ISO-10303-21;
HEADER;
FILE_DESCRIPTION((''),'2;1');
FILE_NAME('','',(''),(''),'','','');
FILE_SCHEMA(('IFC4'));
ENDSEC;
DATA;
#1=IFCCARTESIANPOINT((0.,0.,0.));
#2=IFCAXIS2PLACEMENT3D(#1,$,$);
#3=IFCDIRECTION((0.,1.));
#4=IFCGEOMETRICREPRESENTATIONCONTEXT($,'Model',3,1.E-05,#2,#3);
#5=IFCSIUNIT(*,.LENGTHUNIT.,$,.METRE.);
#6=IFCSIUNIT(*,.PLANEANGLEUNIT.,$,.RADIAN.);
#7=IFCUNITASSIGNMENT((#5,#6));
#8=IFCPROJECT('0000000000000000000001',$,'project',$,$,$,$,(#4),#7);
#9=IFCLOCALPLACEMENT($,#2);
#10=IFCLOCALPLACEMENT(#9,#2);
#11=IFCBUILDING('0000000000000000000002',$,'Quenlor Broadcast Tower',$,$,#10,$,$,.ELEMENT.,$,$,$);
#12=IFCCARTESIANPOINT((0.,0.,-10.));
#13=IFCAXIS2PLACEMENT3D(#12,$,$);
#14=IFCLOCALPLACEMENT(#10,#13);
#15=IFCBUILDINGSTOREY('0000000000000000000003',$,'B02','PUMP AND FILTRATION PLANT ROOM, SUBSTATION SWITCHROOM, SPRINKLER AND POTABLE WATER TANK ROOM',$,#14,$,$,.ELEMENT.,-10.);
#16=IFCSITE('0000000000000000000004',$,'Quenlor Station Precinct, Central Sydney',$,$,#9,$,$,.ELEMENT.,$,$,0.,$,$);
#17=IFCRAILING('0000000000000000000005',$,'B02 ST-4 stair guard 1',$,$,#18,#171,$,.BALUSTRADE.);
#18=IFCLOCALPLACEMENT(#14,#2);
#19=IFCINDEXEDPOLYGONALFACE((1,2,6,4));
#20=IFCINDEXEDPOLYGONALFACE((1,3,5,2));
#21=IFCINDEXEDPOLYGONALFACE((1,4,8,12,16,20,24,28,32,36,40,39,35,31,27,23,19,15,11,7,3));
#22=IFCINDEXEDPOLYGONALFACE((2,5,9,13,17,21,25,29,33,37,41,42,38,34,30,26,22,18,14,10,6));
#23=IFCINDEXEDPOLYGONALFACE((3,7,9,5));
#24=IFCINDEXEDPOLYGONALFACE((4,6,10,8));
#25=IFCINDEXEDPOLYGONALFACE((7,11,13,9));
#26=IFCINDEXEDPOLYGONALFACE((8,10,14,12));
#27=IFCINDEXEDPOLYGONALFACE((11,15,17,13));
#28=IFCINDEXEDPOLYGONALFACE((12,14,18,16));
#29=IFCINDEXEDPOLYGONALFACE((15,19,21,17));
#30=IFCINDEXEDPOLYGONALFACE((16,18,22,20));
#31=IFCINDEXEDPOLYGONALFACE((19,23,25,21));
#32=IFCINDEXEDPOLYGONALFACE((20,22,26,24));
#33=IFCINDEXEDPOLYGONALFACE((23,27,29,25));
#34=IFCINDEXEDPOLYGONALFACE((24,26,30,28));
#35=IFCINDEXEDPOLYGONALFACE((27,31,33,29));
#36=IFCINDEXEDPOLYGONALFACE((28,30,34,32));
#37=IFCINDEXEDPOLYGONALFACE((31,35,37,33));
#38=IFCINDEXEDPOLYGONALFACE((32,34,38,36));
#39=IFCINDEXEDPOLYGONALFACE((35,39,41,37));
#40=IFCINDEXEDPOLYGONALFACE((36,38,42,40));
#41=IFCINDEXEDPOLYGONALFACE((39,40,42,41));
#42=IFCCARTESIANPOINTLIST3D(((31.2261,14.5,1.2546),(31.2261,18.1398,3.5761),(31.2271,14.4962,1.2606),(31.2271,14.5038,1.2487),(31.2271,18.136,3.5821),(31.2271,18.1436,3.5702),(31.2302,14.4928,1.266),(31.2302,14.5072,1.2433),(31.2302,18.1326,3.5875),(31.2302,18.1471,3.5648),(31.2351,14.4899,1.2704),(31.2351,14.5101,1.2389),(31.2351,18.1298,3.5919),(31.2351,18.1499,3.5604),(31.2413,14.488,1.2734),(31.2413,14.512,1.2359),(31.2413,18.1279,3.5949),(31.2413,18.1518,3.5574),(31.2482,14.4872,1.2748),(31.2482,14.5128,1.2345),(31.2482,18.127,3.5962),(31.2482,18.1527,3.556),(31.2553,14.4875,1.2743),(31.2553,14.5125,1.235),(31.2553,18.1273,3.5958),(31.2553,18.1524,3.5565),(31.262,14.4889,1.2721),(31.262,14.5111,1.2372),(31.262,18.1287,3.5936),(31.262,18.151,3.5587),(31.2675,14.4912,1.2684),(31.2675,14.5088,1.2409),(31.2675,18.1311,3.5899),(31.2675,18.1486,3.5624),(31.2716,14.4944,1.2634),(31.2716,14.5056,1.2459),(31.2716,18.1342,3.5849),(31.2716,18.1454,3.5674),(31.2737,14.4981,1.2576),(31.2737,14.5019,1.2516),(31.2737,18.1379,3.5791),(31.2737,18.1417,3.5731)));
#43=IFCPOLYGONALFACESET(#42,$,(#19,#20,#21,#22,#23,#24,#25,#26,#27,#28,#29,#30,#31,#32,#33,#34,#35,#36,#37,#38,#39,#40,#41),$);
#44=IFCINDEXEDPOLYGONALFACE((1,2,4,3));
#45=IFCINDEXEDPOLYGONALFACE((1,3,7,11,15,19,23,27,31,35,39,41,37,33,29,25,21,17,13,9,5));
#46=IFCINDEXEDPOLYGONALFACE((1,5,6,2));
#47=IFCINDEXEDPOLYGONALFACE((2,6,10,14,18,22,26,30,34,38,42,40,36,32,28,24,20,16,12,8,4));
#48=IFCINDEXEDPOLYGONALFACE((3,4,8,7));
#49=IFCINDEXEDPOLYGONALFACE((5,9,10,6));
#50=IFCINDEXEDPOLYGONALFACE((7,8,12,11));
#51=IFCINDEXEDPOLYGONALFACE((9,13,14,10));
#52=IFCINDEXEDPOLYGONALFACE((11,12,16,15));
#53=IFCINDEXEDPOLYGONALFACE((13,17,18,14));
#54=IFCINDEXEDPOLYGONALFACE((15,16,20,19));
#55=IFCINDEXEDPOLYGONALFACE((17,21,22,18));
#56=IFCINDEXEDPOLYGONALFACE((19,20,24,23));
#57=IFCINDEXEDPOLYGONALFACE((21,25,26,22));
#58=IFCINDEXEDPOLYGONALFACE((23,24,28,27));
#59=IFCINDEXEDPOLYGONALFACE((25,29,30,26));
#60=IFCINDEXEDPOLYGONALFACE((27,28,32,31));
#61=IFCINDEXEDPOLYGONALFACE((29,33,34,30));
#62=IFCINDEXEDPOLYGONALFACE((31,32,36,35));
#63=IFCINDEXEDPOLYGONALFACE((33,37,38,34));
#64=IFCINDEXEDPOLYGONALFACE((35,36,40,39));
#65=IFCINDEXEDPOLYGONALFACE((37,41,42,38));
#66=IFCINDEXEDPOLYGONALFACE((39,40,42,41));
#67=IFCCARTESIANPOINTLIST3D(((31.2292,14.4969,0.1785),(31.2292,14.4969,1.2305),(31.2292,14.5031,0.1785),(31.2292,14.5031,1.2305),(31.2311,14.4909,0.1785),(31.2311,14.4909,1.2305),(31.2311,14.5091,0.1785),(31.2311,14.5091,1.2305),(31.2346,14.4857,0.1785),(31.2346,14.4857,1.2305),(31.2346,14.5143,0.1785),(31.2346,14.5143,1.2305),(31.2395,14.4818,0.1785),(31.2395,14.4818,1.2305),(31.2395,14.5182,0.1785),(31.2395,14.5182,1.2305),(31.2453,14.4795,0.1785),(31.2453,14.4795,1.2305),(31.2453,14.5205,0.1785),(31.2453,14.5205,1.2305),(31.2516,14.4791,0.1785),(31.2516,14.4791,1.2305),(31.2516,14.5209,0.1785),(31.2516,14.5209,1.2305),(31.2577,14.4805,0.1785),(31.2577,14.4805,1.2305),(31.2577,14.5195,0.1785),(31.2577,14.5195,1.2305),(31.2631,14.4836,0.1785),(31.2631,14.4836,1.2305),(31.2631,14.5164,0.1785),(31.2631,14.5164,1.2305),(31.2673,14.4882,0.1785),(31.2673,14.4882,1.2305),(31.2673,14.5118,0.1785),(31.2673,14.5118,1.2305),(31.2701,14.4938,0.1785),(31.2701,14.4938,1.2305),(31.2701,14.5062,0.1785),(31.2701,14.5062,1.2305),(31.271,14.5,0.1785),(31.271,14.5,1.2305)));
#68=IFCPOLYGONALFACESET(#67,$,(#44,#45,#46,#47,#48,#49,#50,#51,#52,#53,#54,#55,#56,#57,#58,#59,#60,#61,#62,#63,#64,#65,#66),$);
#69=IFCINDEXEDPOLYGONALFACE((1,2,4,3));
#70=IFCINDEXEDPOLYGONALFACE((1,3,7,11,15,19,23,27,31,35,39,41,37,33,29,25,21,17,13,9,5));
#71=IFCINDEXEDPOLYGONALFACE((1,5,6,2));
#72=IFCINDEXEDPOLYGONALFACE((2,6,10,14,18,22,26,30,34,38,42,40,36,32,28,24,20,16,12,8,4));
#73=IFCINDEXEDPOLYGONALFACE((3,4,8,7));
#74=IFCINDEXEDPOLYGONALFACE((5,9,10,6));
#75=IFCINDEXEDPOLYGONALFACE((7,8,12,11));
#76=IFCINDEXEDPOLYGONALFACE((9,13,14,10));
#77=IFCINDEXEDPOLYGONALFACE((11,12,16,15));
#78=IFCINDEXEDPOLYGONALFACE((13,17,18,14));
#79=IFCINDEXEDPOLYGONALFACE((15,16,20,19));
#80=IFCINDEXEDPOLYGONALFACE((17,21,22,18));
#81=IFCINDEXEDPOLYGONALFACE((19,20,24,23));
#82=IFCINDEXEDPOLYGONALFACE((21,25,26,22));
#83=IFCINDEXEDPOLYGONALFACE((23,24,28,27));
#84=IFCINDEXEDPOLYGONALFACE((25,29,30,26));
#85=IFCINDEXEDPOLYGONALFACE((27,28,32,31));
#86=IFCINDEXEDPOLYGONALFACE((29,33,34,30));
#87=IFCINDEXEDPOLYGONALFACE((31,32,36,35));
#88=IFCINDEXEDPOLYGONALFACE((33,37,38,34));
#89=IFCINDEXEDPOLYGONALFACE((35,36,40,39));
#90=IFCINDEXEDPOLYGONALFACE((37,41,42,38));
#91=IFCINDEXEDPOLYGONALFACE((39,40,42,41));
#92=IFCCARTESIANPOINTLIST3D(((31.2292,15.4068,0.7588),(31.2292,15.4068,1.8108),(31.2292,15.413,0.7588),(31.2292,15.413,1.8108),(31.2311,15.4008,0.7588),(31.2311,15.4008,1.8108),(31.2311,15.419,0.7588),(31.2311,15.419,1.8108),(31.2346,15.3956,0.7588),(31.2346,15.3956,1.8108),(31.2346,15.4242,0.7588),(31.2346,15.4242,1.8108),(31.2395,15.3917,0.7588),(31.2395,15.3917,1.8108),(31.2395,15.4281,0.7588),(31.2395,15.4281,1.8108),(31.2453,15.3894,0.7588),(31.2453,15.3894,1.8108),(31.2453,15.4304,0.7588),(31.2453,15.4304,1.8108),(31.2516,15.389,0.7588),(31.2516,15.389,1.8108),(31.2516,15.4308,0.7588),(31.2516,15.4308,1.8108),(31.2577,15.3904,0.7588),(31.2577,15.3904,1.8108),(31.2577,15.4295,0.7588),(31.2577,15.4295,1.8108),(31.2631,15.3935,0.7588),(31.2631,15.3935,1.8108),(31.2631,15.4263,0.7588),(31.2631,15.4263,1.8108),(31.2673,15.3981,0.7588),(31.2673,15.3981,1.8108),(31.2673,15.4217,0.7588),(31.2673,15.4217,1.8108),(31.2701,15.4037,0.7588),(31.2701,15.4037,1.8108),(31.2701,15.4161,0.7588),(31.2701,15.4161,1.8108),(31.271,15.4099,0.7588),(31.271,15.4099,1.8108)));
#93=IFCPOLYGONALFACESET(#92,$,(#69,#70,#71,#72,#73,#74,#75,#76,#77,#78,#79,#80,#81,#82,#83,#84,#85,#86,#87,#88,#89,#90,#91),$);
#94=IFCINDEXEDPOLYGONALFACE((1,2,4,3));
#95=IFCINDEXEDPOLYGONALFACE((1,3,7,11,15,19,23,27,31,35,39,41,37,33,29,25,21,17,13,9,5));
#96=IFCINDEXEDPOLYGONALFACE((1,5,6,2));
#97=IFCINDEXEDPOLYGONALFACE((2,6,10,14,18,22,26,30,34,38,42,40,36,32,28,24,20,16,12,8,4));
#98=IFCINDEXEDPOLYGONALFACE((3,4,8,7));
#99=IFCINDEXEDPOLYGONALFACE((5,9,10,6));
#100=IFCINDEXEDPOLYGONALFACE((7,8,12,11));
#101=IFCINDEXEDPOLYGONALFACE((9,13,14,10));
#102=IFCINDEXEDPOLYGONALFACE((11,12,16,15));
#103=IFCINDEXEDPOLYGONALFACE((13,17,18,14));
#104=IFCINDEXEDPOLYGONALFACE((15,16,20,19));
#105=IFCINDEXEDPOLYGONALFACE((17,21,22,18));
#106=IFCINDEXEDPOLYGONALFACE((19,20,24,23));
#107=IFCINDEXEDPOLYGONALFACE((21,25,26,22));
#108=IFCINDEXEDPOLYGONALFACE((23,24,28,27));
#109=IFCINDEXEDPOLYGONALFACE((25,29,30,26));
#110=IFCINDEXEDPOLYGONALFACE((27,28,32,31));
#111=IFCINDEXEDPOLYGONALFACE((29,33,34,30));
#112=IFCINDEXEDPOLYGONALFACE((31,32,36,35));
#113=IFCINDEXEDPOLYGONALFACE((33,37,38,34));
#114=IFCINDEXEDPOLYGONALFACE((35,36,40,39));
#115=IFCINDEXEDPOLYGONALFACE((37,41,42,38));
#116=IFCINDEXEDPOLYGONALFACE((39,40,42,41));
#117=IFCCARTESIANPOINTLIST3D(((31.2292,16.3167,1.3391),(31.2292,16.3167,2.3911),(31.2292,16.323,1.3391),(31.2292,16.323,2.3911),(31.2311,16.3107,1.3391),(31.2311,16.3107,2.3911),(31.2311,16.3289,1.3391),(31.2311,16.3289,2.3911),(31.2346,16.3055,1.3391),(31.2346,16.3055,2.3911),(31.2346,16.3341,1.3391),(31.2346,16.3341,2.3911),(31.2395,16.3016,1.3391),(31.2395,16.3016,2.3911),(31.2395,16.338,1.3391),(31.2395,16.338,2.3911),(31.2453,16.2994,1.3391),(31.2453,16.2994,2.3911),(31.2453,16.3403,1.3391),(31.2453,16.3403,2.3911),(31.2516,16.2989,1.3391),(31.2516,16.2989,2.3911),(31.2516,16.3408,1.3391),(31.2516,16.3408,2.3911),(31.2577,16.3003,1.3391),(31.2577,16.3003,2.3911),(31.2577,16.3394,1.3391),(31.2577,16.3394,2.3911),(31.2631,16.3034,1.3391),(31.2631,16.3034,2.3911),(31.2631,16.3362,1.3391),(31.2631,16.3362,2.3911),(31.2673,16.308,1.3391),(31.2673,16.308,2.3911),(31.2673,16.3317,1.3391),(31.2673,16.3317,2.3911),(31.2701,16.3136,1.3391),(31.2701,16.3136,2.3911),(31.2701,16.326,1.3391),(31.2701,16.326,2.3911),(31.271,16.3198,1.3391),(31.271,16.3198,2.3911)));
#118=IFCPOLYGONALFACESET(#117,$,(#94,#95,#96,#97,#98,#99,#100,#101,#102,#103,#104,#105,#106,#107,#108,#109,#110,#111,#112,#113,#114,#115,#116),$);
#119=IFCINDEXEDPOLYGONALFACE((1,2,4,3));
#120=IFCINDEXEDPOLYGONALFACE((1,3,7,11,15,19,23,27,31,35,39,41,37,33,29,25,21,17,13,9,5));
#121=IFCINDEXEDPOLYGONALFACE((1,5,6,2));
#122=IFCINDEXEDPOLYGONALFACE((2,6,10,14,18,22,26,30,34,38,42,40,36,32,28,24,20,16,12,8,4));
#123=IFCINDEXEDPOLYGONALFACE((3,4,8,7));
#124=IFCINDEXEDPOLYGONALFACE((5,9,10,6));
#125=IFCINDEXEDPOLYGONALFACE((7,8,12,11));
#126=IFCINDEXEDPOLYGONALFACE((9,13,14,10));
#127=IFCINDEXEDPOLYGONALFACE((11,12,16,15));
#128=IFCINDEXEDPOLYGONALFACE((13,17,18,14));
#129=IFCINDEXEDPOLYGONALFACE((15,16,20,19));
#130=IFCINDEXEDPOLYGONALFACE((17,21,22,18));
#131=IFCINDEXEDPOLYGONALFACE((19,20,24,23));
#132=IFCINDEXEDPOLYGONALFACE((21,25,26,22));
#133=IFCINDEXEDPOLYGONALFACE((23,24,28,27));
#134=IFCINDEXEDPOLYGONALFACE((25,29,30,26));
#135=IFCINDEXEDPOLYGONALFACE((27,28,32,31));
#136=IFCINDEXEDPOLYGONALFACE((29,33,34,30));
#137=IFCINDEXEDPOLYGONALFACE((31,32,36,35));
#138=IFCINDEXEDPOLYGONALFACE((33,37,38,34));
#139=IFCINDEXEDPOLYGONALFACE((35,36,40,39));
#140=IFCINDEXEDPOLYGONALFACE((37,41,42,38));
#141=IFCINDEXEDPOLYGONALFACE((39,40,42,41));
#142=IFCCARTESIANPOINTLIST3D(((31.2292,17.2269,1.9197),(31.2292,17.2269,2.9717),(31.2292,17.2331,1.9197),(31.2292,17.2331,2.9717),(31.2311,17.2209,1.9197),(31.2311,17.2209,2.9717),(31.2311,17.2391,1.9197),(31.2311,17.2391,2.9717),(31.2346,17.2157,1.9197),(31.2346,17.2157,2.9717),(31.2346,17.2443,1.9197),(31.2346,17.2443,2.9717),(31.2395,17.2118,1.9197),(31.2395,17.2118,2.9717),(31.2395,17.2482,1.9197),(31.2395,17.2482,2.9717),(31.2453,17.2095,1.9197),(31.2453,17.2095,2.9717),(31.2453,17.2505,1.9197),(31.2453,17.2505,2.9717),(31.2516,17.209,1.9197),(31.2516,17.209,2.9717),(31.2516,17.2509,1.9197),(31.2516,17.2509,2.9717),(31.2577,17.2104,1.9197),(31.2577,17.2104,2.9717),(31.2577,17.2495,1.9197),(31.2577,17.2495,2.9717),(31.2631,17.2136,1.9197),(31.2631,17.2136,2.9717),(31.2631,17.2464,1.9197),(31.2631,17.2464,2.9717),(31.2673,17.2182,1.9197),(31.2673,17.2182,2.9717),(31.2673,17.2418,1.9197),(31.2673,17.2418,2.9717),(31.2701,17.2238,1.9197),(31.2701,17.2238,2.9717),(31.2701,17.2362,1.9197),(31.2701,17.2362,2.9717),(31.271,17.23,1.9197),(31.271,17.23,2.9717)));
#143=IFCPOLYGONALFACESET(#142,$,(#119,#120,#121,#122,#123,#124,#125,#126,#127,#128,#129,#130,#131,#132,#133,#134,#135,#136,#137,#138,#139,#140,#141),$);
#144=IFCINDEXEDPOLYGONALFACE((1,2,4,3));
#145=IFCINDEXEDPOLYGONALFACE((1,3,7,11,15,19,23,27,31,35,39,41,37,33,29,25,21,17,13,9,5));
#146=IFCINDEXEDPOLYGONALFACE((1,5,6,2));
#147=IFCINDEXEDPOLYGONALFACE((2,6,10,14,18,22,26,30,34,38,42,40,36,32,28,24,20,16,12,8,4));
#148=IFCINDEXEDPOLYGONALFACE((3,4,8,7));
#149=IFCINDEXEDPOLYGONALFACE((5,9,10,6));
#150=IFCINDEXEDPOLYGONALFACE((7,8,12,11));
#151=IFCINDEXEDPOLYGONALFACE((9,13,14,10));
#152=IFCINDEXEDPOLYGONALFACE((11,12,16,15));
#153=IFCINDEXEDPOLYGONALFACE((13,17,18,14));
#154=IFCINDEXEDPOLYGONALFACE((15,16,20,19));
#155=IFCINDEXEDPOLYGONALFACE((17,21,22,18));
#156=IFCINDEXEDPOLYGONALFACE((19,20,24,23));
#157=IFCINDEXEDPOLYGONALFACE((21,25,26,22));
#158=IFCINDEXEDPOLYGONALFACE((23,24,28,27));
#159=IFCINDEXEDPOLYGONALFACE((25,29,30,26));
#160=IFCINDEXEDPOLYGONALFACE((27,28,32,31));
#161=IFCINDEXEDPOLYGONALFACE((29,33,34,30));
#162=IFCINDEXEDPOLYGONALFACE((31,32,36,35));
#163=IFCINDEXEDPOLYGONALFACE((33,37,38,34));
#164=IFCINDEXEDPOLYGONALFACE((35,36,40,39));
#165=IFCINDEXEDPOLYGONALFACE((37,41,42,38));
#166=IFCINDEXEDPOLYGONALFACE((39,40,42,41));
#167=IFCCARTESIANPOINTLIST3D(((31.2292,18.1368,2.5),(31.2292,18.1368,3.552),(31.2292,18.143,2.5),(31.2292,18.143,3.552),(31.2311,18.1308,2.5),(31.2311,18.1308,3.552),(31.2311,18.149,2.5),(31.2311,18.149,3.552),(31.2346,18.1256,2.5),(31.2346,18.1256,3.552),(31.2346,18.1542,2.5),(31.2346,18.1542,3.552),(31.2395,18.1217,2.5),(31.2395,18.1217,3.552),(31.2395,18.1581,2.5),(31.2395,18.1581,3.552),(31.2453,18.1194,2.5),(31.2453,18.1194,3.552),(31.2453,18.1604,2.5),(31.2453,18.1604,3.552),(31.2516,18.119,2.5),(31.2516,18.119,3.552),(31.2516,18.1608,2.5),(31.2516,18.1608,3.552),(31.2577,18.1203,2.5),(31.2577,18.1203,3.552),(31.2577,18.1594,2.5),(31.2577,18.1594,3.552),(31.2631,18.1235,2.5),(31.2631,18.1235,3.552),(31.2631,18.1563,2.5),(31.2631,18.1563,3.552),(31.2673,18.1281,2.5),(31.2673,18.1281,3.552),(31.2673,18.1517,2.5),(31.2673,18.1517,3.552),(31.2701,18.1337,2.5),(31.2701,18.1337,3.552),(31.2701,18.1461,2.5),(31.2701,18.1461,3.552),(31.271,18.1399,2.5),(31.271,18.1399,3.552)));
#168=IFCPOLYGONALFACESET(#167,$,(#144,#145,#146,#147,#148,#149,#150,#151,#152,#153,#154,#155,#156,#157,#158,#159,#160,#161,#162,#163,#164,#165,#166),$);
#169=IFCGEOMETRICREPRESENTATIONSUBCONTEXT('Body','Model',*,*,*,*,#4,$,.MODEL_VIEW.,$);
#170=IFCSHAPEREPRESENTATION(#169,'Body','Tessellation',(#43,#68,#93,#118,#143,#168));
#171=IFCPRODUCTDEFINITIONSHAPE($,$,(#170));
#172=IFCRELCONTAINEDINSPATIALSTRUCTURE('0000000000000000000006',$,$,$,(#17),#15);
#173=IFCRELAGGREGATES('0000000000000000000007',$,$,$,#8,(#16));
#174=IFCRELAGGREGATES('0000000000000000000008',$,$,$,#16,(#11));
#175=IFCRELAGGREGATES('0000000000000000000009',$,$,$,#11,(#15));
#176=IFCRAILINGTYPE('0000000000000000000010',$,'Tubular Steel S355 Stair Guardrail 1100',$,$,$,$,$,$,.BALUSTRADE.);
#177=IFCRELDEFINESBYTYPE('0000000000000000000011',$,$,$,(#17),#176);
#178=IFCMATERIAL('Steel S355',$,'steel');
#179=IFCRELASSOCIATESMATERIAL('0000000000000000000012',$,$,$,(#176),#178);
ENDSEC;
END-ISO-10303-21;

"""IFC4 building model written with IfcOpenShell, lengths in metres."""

from ifc_helpers import new_model, si_unit, direction, frame, origin, origin_2d, place, context, subcontext, project, spatial, circle, extrude, material, type_object, element, save


model = new_model("IFC4")

# Units and contexts
model_context = context("Model", 3, precision=1e-05, world=origin(), true_north=direction((0.0, 1.0)))
body_context = subcontext(model_context, "Body", "Model", "MODEL_VIEW")
ifc_project = project(units=[si_unit("LENGTHUNIT", "METRE"), si_unit("PLANEANGLEUNIT", "RADIAN")], contexts=[model_context])

# Site, building, storey
site_placement = place(None, origin())
site = spatial("IfcSite", under=ifc_project, at=site_placement, Name="Quenlor Station Precinct, Central Sydney", CompositionType="ELEMENT", RefElevation=0.0)
building_placement = place(site_placement, origin())
building = spatial("IfcBuilding", under=site, at=building_placement, Name="Quenlor Broadcast Tower", CompositionType="ELEMENT")
storey_placement = place(building_placement, frame((0.0, 0.0, -10.0)))
storey = spatial("IfcBuildingStorey", under=building, at=storey_placement, Name="B02", Description="PUMP AND FILTRATION PLANT ROOM, SUBSTATION SWITCHROOM, SPRINKLER AND POTABLE WATER TANK ROOM", CompositionType="ELEMENT", Elevation=-10.0)

# Railing
ifc_material_1 = material(Name="Steel S355", Category="steel")
railing_type = type_object("IfcRailingType", Name="Tubular Steel S355 Stair Guardrail 1100", PredefinedType="BALUSTRADE", material=ifc_material_1)
railing_1_placement = place(storey_placement, frame((31.25, 14.5, 0.1785)))
element("IfcRailing", 1, at=railing_1_placement, inside=storey, type_object=railing_type, Name="B02 ST-4 stair guard 1", PredefinedType="BALUSTRADE", context=body_context, shape_type="SweptSolid", body=[
    extrude(circle(Radius=0.0239, at=origin_2d()), frame((0.0, 0.0, 1.0762), z_axis=(0.0, 0.843112, 0.537739), x_axis=(-1.0, 0.0, 0.0)), (0.0, 0.0, 1.0), 4.3171),
    extrude(circle(Radius=0.021, at=origin_2d()), origin(), (0.0, 0.0, 1.0), 1.052),
    extrude(circle(Radius=0.021, at=origin_2d()), frame((0.0, 0.9099, 0.5803)), (0.0, 0.0, 1.0), 1.052),
    extrude(circle(Radius=0.021, at=origin_2d()), frame((0.0, 1.8198, 1.1606)), (0.0, 0.0, 1.0), 1.052),
    extrude(circle(Radius=0.021, at=origin_2d()), frame((0.0, 2.73, 1.7412)), (0.0, 0.0, 1.0), 1.052),
    extrude(circle(Radius=0.021, at=origin_2d()), frame((0.0, 3.6399, 2.3215)), (0.0, 0.0, 1.0), 1.052),
])

save(model, "model.ifc")
